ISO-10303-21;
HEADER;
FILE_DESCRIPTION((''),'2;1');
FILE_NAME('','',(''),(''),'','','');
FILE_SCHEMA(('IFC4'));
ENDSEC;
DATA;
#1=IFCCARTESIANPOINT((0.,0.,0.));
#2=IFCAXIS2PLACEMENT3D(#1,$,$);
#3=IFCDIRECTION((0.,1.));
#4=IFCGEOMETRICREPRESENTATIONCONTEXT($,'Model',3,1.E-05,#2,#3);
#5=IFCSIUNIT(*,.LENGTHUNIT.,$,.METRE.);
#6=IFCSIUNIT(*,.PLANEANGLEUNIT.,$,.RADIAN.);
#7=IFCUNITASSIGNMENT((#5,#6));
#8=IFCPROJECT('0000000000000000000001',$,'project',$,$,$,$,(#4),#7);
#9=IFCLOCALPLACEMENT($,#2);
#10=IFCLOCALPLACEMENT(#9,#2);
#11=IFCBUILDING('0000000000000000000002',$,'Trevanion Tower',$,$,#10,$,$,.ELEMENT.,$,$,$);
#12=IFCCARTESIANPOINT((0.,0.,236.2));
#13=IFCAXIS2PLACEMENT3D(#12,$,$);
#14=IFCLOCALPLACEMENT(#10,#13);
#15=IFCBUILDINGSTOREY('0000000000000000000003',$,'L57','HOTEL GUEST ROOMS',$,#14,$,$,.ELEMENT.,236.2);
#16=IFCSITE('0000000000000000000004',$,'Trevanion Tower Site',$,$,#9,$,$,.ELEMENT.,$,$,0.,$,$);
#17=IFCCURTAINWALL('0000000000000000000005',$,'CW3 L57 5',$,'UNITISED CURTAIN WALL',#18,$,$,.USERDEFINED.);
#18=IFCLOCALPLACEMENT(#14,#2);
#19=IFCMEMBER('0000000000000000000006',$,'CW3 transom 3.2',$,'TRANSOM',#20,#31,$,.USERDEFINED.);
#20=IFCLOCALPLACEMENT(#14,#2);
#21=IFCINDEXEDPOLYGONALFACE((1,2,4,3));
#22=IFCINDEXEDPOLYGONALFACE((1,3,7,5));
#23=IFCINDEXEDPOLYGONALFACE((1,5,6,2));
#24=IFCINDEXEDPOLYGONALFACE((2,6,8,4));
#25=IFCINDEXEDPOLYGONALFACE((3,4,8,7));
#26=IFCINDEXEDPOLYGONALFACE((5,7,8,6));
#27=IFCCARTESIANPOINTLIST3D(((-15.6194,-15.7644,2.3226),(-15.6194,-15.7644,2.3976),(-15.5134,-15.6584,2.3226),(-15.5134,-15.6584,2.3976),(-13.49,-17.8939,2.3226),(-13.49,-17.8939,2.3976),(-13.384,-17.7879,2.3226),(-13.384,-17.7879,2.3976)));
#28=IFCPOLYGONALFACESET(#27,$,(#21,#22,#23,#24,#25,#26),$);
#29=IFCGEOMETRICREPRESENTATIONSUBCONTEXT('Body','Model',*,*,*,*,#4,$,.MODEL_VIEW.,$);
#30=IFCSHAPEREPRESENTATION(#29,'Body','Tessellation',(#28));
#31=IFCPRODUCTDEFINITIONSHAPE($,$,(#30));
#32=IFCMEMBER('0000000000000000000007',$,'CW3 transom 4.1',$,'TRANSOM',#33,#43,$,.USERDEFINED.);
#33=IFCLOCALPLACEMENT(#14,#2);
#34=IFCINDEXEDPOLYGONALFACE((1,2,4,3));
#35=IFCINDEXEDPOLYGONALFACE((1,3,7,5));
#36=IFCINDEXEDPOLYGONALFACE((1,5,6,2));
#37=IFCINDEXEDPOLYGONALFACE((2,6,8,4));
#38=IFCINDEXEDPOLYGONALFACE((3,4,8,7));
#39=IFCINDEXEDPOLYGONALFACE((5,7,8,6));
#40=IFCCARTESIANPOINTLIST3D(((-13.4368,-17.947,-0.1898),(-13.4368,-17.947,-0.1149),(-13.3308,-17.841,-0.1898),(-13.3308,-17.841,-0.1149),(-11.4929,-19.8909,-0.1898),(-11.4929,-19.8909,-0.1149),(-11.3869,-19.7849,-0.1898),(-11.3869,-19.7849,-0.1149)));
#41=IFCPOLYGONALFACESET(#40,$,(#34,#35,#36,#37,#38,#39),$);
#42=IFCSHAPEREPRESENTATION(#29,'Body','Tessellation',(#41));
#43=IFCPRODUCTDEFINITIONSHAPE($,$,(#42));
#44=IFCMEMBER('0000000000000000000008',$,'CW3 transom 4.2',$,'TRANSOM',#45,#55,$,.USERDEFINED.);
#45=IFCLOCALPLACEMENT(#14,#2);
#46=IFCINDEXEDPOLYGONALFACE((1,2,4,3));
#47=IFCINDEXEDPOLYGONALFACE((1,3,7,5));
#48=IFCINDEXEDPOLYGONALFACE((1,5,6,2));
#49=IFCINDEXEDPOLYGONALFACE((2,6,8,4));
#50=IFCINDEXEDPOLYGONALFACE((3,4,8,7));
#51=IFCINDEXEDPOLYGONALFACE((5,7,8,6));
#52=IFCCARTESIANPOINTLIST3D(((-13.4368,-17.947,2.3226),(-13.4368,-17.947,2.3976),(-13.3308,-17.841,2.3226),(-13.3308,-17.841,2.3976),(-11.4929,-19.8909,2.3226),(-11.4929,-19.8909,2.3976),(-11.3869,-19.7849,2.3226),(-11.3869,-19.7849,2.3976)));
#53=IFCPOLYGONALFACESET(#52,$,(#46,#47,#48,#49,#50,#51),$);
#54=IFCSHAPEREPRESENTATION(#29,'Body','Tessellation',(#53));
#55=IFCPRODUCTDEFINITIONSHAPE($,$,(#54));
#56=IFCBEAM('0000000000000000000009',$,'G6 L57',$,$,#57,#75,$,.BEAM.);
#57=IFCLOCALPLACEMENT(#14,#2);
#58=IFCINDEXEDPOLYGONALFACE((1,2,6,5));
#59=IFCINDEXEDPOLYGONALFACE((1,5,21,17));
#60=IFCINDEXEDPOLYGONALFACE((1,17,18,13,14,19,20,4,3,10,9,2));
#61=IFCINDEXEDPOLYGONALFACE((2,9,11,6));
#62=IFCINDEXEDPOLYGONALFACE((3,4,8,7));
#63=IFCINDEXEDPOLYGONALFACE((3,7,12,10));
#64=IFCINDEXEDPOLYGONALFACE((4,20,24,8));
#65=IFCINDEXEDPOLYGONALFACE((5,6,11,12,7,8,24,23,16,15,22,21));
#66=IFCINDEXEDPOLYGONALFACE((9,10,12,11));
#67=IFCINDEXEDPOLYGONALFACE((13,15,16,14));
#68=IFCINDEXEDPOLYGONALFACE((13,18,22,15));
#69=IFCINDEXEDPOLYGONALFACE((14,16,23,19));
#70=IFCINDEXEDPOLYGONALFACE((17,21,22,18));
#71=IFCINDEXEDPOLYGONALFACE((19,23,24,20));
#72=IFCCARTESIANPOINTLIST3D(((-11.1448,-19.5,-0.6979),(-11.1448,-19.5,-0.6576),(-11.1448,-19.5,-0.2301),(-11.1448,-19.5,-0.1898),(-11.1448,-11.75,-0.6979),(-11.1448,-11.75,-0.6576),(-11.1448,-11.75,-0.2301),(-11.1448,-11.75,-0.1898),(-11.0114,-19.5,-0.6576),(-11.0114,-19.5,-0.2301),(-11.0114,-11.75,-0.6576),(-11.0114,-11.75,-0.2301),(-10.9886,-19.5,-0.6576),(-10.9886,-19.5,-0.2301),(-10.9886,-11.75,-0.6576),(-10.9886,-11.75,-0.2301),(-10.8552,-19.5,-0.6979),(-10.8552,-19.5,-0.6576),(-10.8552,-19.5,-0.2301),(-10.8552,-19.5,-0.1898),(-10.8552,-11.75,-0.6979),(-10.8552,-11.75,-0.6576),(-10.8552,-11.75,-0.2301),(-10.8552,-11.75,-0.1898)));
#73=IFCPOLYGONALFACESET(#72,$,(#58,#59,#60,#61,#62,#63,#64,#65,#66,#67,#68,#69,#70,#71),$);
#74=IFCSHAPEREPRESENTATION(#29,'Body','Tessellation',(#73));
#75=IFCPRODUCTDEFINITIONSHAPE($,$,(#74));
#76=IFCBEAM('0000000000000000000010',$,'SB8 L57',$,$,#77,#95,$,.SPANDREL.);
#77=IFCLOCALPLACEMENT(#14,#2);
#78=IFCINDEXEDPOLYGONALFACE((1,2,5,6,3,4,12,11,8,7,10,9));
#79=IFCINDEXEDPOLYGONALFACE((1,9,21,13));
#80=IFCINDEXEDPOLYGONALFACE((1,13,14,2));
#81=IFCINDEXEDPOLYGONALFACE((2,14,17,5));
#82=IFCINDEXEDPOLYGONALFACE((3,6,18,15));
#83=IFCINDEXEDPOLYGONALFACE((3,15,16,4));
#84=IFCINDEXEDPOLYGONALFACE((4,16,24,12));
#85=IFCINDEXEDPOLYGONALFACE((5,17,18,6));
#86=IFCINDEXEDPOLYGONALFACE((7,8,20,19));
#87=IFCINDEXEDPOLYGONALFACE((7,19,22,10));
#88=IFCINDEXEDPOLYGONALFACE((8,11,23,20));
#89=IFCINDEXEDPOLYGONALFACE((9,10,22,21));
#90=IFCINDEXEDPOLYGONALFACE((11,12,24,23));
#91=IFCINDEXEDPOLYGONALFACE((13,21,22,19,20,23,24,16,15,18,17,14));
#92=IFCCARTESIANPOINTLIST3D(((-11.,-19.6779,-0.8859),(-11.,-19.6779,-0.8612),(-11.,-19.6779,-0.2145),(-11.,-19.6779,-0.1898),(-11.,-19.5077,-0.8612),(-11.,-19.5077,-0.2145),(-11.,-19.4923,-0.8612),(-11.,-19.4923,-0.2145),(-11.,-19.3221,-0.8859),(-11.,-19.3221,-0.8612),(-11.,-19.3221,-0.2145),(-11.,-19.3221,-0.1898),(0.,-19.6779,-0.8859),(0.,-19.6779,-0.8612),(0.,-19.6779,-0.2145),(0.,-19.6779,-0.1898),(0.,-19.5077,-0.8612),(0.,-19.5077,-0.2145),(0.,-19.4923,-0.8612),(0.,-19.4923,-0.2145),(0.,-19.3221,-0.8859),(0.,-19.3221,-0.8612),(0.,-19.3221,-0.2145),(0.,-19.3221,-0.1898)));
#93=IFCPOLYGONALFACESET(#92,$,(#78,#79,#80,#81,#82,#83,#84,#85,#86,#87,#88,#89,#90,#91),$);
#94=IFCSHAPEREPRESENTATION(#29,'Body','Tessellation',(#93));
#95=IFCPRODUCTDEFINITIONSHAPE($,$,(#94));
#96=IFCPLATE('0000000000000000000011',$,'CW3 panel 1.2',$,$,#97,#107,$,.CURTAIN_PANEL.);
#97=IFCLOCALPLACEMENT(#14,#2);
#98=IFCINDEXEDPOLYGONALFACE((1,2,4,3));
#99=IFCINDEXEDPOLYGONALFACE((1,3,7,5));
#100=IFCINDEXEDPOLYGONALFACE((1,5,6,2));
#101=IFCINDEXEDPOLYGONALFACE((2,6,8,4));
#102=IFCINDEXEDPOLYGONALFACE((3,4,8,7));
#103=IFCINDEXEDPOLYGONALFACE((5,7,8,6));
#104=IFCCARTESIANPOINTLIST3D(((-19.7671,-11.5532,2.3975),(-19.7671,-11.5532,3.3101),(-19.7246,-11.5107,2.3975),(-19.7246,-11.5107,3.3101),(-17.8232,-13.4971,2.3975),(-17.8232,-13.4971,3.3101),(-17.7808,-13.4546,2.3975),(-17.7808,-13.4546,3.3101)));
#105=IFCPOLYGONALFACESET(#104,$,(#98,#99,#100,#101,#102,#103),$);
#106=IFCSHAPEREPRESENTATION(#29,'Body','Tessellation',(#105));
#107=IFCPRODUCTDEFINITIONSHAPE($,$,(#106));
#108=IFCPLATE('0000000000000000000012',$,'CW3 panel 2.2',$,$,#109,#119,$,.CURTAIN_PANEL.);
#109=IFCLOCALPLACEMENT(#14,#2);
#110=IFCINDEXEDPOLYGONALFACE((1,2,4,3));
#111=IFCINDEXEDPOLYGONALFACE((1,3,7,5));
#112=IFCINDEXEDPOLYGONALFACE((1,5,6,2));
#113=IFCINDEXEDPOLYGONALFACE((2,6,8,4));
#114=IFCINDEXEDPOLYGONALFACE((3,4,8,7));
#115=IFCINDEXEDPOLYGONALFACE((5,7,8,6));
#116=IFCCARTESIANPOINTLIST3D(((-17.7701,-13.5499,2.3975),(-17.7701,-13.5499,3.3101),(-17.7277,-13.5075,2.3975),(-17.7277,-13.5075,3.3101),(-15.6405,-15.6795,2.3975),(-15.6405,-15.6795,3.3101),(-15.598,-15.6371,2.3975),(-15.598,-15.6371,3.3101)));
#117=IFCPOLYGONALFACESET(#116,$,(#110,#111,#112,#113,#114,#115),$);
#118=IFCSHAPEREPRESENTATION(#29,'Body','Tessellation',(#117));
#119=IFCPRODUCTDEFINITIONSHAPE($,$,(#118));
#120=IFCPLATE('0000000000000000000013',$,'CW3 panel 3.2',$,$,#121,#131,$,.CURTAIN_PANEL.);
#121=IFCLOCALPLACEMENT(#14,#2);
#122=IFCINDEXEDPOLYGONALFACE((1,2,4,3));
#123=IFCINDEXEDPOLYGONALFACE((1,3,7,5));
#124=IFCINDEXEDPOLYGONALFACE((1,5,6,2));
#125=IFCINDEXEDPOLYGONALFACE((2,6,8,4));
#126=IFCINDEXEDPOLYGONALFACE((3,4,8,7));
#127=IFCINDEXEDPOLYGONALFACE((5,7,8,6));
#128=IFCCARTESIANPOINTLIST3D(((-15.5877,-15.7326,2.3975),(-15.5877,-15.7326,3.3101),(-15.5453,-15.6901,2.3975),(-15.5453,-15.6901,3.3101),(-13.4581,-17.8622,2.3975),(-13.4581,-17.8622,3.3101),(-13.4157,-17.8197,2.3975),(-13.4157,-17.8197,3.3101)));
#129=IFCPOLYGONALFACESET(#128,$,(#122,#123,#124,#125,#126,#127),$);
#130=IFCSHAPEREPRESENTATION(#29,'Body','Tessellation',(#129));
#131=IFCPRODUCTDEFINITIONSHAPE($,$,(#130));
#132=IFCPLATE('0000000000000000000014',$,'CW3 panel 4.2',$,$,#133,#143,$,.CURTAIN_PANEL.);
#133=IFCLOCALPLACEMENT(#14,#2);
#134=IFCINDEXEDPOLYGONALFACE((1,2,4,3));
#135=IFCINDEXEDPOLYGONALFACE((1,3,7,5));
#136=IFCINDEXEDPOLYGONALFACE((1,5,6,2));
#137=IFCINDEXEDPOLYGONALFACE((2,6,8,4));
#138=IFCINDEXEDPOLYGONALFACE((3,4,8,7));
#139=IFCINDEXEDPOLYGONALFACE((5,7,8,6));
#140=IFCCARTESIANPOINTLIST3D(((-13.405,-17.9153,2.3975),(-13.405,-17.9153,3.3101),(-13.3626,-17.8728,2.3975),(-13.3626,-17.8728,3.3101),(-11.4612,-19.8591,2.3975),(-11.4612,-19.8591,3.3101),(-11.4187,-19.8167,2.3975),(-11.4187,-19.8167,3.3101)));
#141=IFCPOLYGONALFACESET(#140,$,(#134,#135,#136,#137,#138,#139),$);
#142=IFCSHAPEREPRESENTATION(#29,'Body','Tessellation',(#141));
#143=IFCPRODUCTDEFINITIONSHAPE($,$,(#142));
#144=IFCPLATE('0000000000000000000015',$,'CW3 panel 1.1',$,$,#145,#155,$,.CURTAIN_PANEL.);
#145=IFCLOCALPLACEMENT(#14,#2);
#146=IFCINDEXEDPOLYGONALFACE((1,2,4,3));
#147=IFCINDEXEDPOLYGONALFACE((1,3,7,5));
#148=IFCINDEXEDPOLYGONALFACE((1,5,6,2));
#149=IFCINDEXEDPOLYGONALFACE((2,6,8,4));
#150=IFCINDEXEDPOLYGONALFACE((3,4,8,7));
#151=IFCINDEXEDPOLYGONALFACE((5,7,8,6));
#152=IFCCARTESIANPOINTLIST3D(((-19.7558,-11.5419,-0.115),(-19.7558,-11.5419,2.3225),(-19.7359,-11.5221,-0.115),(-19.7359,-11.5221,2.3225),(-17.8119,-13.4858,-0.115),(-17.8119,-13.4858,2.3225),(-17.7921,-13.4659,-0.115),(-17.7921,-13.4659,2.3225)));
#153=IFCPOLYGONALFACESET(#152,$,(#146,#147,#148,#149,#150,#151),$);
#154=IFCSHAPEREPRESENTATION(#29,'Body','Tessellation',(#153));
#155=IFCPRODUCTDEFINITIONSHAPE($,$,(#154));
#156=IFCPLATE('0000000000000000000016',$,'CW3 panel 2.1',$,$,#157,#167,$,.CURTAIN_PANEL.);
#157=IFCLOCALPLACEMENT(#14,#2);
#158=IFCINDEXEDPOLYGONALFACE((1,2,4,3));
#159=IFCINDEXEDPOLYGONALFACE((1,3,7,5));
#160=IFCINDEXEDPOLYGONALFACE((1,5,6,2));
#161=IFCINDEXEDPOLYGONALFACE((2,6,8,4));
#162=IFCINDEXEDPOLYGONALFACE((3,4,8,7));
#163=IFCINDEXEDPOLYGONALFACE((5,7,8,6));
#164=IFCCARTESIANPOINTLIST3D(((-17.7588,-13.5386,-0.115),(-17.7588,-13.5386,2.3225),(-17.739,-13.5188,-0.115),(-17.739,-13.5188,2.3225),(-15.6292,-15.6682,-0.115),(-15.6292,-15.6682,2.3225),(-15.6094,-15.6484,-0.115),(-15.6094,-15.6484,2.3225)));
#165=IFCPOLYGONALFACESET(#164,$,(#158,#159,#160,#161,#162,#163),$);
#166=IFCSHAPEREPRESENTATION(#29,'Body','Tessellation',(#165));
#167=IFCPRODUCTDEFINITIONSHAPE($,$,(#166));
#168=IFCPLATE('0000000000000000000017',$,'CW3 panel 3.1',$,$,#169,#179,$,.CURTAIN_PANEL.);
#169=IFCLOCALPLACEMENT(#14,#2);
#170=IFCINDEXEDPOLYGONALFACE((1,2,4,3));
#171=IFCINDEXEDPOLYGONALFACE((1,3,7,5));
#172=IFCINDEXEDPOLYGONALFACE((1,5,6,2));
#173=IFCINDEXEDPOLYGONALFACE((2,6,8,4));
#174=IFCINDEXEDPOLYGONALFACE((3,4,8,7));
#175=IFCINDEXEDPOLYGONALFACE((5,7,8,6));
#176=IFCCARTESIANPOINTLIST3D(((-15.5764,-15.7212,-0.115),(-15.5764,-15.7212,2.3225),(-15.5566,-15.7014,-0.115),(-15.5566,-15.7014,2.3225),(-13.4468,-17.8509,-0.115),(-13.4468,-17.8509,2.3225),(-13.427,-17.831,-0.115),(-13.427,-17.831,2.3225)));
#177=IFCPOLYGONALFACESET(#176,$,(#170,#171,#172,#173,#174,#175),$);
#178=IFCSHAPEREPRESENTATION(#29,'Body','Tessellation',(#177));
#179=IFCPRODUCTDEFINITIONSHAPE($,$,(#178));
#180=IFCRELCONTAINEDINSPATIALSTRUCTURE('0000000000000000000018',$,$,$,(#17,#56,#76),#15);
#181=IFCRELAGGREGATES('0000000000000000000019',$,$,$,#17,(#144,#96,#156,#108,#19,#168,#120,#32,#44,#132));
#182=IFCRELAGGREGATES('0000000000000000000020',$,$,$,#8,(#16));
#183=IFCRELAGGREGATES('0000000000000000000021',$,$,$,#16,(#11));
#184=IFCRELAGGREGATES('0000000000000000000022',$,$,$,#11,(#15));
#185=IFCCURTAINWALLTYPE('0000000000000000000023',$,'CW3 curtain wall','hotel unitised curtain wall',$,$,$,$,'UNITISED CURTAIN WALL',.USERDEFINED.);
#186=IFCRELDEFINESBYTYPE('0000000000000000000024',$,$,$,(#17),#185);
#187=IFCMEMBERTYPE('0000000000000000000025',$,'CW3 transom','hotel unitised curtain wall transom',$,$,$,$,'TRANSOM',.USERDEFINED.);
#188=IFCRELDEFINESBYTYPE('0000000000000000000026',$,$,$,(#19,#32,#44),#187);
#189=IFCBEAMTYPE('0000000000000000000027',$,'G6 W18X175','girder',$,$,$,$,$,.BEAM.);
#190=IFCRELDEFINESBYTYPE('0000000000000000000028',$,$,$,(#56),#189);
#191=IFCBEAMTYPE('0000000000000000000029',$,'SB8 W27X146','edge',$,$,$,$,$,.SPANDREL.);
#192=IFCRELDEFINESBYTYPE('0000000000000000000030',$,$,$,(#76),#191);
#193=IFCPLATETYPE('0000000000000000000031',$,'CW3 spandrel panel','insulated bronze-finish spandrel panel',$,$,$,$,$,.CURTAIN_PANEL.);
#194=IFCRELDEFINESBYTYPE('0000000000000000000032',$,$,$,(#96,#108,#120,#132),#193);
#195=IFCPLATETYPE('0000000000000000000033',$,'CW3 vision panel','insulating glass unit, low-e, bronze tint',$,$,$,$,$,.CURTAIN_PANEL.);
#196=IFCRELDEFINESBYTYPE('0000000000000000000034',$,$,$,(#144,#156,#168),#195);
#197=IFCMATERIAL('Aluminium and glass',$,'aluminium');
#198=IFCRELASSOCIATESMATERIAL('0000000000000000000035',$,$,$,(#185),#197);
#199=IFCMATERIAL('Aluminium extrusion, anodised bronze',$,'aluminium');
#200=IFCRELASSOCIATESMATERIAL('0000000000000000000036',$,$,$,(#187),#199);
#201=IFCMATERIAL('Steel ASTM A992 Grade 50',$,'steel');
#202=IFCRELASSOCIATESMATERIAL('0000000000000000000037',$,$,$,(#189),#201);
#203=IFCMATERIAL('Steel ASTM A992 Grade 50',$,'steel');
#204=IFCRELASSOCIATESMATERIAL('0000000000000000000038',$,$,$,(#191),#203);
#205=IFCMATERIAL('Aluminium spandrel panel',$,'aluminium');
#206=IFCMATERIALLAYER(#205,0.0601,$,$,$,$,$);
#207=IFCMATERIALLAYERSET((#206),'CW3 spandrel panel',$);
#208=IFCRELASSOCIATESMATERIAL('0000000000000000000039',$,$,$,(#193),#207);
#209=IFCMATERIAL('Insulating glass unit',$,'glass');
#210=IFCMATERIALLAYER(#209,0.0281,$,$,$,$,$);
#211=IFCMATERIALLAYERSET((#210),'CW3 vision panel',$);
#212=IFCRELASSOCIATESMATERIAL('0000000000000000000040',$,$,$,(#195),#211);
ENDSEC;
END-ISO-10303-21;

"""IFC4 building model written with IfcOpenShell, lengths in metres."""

from ifc_helpers import new_model, si_unit, direction, frame, origin, origin_2d, place, context, subcontext, project, spatial, rectangle, i_section, extrude, material, layer, layer_set, material_profile, profile_set, type_object, element, aggregate, save


model = new_model("IFC4")

# Units and contexts
model_context = context("Model", 3, precision=1e-05, world=origin(), true_north=direction((0.0, 1.0)))
body_context = subcontext(model_context, "Body", "Model", "MODEL_VIEW")
ifc_project = project(units=[si_unit("LENGTHUNIT", "METRE"), si_unit("PLANEANGLEUNIT", "RADIAN")], contexts=[model_context])

# Site, building, storey
site_placement = place(None, origin())
site = spatial("IfcSite", under=ifc_project, at=site_placement, Name="Trevanion Tower Site", CompositionType="ELEMENT", RefElevation=0.0)
building_placement = place(site_placement, origin())
building = spatial("IfcBuilding", under=site, at=building_placement, Name="Trevanion Tower", CompositionType="ELEMENT")
storey_placement = place(building_placement, frame((0.0, 0.0, 236.2)))
storey = spatial("IfcBuildingStorey", under=building, at=storey_placement, Name="L57", Description="HOTEL GUEST ROOMS", CompositionType="ELEMENT", Elevation=236.2)

# Curtain wall, members
ifc_material_1 = material(Name="Aluminium and glass", Category="aluminium")
curtain_wall_type = type_object("IfcCurtainWallType", Name="CW3 curtain wall", Description="hotel unitised curtain wall", ElementType="UNITISED CURTAIN WALL", PredefinedType="USERDEFINED", material=ifc_material_1)
curtain_wall_placement = place(storey_placement, origin())
curtain_wall = element("IfcCurtainWall", 1, at=curtain_wall_placement, inside=storey, type_object=curtain_wall_type, Name="CW3 L57 5", ObjectType="UNITISED CURTAIN WALL", PredefinedType="USERDEFINED")
ifc_material_2 = material(Name="Aluminium extrusion, anodised bronze", Category="aluminium")
ifc_material_profile_1 = material_profile(ifc_material_2, rectangle(XDim=0.1499, YDim=0.075, at=origin_2d()), Name="CW3 transom")
ifc_profile_set_1 = profile_set([ifc_material_profile_1], Name="Aluminium extrusion, anodised bronze")
member_type_1 = type_object("IfcMemberType", Name="CW3 transom", Description="hotel unitised curtain wall transom", ElementType="TRANSOM", PredefinedType="USERDEFINED", material=ifc_profile_set_1)
member_1_placement = place(storey_placement, frame((-15.5664, -15.7114, 2.3601), z_axis=(0.707107, -0.707107, 0.0), x_axis=(0.707107, 0.707107, 0.0)))
member_1 = element("IfcMember", 2, at=member_1_placement, type_object=member_type_1, Name="CW3 transom 3.2", ObjectType="TRANSOM", PredefinedType="USERDEFINED", context=body_context, shape_type="SweptSolid", body=[
    extrude(rectangle(XDim=0.1499, YDim=0.075, at=origin_2d()), origin(), (0.0, 0.0, 1.0), 3.0115),
])
member_2_placement = place(storey_placement, frame((-13.3838, -17.894, -0.1523), z_axis=(0.707107, -0.707107, 0.0), x_axis=(0.707107, 0.707107, 0.0)))
member_2 = element("IfcMember", 3, at=member_2_placement, type_object=member_type_1, Name="CW3 transom 4.1", ObjectType="TRANSOM", PredefinedType="USERDEFINED", context=body_context, shape_type="SweptSolid", body=[
    extrude(rectangle(XDim=0.1499, YDim=0.075, at=origin_2d()), origin(), (0.0, 0.0, 1.0), 2.749),
])
member_3_placement = place(storey_placement, frame((-13.3838, -17.894, 2.3601), z_axis=(0.707107, -0.707107, 0.0), x_axis=(0.707107, 0.707107, 0.0)))
member_3 = element("IfcMember", 4, at=member_3_placement, type_object=member_type_1, Name="CW3 transom 4.2", ObjectType="TRANSOM", PredefinedType="USERDEFINED", context=body_context, shape_type="SweptSolid", body=[
    extrude(rectangle(XDim=0.1499, YDim=0.075, at=origin_2d()), origin(), (0.0, 0.0, 1.0), 2.749),
])

# Beams
ifc_material_3 = material(Name="Steel ASTM A992 Grade 50", Category="steel")
ifc_material_profile_2 = material_profile(ifc_material_3, i_section(OverallWidth=0.2896, OverallDepth=0.5081, WebThickness=0.0227, FlangeThickness=0.0403, at=origin_2d()), Name="W18X175")
ifc_profile_set_2 = profile_set([ifc_material_profile_2], Name="Steel ASTM A992 Grade 50")
beam_type_1 = type_object("IfcBeamType", Name="G6 W18X175", Description="girder", PredefinedType="BEAM", material=ifc_profile_set_2)
beam_1_placement = place(storey_placement, frame((-11.0, -11.75, -0.4438), z_axis=(0.0, -1.0, 0.0), x_axis=(1.0, 0.0, 0.0)))
element("IfcBeam", 5, at=beam_1_placement, inside=storey, type_object=beam_type_1, Name="G6 L57", PredefinedType="BEAM", context=body_context, shape_type="SweptSolid", body=[
    extrude(i_section(OverallWidth=0.2896, OverallDepth=0.5081, WebThickness=0.0227, FlangeThickness=0.0403, at=origin_2d()), origin(), (0.0, 0.0, 1.0), 7.75),
])
ifc_material_4 = material(Name="Steel ASTM A992 Grade 50", Category="steel")
ifc_material_profile_3 = material_profile(ifc_material_4, i_section(OverallWidth=0.3557, OverallDepth=0.696, WebThickness=0.0154, FlangeThickness=0.0247, at=origin_2d()), Name="W27X146")
ifc_profile_set_3 = profile_set([ifc_material_profile_3], Name="Steel ASTM A992 Grade 50")
beam_type_2 = type_object("IfcBeamType", Name="SB8 W27X146", Description="edge", PredefinedType="SPANDREL", material=ifc_profile_set_3)
beam_2_placement = place(storey_placement, frame((-11.0, -19.5, -0.5378), z_axis=(1.0, 0.0, 0.0), x_axis=(0.0, 1.0, 0.0)))
element("IfcBeam", 6, at=beam_2_placement, inside=storey, type_object=beam_type_2, Name="SB8 L57", PredefinedType="SPANDREL", context=body_context, shape_type="SweptSolid", body=[
    extrude(i_section(OverallWidth=0.3557, OverallDepth=0.696, WebThickness=0.0154, FlangeThickness=0.0247, at=origin_2d()), origin(), (0.0, 0.0, 1.0), 11.0),
])

# Plates
ifc_material_5 = material(Name="Aluminium spandrel panel", Category="aluminium")
ifc_layer_1 = layer(ifc_material_5, 0.0601)
ifc_layer_set_1 = layer_set([ifc_layer_1], Name="CW3 spandrel panel")
plate_type_1 = type_object("IfcPlateType", Name="CW3 spandrel panel", Description="insulated bronze-finish spandrel panel", PredefinedType="CURTAIN_PANEL", material=ifc_layer_set_1)
plate_1_placement = place(storey_placement, frame((-18.7739, -12.5039, 2.3975), z_axis=(0.0, 0.0, 1.0), x_axis=(0.707107, -0.707107, 0.0)))
plate_1 = element("IfcPlate", 7, at=plate_1_placement, type_object=plate_type_1, Name="CW3 panel 1.2", PredefinedType="CURTAIN_PANEL", context=body_context, shape_type="SweptSolid", body=[
    extrude(rectangle(XDim=2.749, YDim=0.0601, at=origin_2d()), origin(), (0.0, 0.0, 1.0), 0.9126),
])
plate_2_placement = place(storey_placement, frame((-16.6841, -14.5935, 2.3975), z_axis=(0.0, 0.0, 1.0), x_axis=(0.707107, -0.707107, 0.0)))
plate_2 = element("IfcPlate", 8, at=plate_2_placement, type_object=plate_type_1, Name="CW3 panel 2.2", PredefinedType="CURTAIN_PANEL", context=body_context, shape_type="SweptSolid", body=[
    extrude(rectangle(XDim=3.0117, YDim=0.0601, at=origin_2d()), origin(), (0.0, 0.0, 1.0), 0.9126),
])
plate_3_placement = place(storey_placement, frame((-14.5017, -16.7761, 2.3975), z_axis=(0.0, 0.0, 1.0), x_axis=(0.707107, -0.707107, 0.0)))
plate_3 = element("IfcPlate", 9, at=plate_3_placement, type_object=plate_type_1, Name="CW3 panel 3.2", PredefinedType="CURTAIN_PANEL", context=body_context, shape_type="SweptSolid", body=[
    extrude(rectangle(XDim=3.0117, YDim=0.0601, at=origin_2d()), origin(), (0.0, 0.0, 1.0), 0.9126),
])
plate_4_placement = place(storey_placement, frame((-12.4119, -18.866, 2.3975), z_axis=(0.0, 0.0, 1.0), x_axis=(0.707107, -0.707107, 0.0)))
plate_4 = element("IfcPlate", 10, at=plate_4_placement, type_object=plate_type_1, Name="CW3 panel 4.2", PredefinedType="CURTAIN_PANEL", context=body_context, shape_type="SweptSolid", body=[
    extrude(rectangle(XDim=2.749, YDim=0.0601, at=origin_2d()), origin(), (0.0, 0.0, 1.0), 0.9126),
])
ifc_material_6 = material(Name="Insulating glass unit", Category="glass")
ifc_layer_2 = layer(ifc_material_6, 0.0281)
ifc_layer_set_2 = layer_set([ifc_layer_2], Name="CW3 vision panel")
plate_type_2 = type_object("IfcPlateType", Name="CW3 vision panel", Description="insulating glass unit, low-e, bronze tint", PredefinedType="CURTAIN_PANEL", material=ifc_layer_set_2)
plate_5_placement = place(storey_placement, frame((-18.7739, -12.5039, -0.115), z_axis=(0.0, 0.0, 1.0), x_axis=(0.707107, -0.707107, 0.0)))
plate_5 = element("IfcPlate", 11, at=plate_5_placement, type_object=plate_type_2, Name="CW3 panel 1.1", PredefinedType="CURTAIN_PANEL", context=body_context, shape_type="SweptSolid", body=[
    extrude(rectangle(XDim=2.749, YDim=0.0281, at=origin_2d()), origin(), (0.0, 0.0, 1.0), 2.4375),
])
plate_6_placement = place(storey_placement, frame((-16.6841, -14.5935, -0.115), z_axis=(0.0, 0.0, 1.0), x_axis=(0.707107, -0.707107, 0.0)))
plate_6 = element("IfcPlate", 12, at=plate_6_placement, type_object=plate_type_2, Name="CW3 panel 2.1", PredefinedType="CURTAIN_PANEL", context=body_context, shape_type="SweptSolid", body=[
    extrude(rectangle(XDim=3.0117, YDim=0.0281, at=origin_2d()), origin(), (0.0, 0.0, 1.0), 2.4375),
])
plate_7_placement = place(storey_placement, frame((-14.5017, -16.7761, -0.115), z_axis=(0.0, 0.0, 1.0), x_axis=(0.707107, -0.707107, 0.0)))
plate_7 = element("IfcPlate", 13, at=plate_7_placement, type_object=plate_type_2, Name="CW3 panel 3.1", PredefinedType="CURTAIN_PANEL", context=body_context, shape_type="SweptSolid", body=[
    extrude(rectangle(XDim=3.0117, YDim=0.0281, at=origin_2d()), origin(), (0.0, 0.0, 1.0), 2.4375),
])
aggregate(curtain_wall, [plate_5, plate_1, plate_6, plate_2, member_1, plate_7, plate_3, member_2, member_3, plate_4])

save(model, "model.ifc")
